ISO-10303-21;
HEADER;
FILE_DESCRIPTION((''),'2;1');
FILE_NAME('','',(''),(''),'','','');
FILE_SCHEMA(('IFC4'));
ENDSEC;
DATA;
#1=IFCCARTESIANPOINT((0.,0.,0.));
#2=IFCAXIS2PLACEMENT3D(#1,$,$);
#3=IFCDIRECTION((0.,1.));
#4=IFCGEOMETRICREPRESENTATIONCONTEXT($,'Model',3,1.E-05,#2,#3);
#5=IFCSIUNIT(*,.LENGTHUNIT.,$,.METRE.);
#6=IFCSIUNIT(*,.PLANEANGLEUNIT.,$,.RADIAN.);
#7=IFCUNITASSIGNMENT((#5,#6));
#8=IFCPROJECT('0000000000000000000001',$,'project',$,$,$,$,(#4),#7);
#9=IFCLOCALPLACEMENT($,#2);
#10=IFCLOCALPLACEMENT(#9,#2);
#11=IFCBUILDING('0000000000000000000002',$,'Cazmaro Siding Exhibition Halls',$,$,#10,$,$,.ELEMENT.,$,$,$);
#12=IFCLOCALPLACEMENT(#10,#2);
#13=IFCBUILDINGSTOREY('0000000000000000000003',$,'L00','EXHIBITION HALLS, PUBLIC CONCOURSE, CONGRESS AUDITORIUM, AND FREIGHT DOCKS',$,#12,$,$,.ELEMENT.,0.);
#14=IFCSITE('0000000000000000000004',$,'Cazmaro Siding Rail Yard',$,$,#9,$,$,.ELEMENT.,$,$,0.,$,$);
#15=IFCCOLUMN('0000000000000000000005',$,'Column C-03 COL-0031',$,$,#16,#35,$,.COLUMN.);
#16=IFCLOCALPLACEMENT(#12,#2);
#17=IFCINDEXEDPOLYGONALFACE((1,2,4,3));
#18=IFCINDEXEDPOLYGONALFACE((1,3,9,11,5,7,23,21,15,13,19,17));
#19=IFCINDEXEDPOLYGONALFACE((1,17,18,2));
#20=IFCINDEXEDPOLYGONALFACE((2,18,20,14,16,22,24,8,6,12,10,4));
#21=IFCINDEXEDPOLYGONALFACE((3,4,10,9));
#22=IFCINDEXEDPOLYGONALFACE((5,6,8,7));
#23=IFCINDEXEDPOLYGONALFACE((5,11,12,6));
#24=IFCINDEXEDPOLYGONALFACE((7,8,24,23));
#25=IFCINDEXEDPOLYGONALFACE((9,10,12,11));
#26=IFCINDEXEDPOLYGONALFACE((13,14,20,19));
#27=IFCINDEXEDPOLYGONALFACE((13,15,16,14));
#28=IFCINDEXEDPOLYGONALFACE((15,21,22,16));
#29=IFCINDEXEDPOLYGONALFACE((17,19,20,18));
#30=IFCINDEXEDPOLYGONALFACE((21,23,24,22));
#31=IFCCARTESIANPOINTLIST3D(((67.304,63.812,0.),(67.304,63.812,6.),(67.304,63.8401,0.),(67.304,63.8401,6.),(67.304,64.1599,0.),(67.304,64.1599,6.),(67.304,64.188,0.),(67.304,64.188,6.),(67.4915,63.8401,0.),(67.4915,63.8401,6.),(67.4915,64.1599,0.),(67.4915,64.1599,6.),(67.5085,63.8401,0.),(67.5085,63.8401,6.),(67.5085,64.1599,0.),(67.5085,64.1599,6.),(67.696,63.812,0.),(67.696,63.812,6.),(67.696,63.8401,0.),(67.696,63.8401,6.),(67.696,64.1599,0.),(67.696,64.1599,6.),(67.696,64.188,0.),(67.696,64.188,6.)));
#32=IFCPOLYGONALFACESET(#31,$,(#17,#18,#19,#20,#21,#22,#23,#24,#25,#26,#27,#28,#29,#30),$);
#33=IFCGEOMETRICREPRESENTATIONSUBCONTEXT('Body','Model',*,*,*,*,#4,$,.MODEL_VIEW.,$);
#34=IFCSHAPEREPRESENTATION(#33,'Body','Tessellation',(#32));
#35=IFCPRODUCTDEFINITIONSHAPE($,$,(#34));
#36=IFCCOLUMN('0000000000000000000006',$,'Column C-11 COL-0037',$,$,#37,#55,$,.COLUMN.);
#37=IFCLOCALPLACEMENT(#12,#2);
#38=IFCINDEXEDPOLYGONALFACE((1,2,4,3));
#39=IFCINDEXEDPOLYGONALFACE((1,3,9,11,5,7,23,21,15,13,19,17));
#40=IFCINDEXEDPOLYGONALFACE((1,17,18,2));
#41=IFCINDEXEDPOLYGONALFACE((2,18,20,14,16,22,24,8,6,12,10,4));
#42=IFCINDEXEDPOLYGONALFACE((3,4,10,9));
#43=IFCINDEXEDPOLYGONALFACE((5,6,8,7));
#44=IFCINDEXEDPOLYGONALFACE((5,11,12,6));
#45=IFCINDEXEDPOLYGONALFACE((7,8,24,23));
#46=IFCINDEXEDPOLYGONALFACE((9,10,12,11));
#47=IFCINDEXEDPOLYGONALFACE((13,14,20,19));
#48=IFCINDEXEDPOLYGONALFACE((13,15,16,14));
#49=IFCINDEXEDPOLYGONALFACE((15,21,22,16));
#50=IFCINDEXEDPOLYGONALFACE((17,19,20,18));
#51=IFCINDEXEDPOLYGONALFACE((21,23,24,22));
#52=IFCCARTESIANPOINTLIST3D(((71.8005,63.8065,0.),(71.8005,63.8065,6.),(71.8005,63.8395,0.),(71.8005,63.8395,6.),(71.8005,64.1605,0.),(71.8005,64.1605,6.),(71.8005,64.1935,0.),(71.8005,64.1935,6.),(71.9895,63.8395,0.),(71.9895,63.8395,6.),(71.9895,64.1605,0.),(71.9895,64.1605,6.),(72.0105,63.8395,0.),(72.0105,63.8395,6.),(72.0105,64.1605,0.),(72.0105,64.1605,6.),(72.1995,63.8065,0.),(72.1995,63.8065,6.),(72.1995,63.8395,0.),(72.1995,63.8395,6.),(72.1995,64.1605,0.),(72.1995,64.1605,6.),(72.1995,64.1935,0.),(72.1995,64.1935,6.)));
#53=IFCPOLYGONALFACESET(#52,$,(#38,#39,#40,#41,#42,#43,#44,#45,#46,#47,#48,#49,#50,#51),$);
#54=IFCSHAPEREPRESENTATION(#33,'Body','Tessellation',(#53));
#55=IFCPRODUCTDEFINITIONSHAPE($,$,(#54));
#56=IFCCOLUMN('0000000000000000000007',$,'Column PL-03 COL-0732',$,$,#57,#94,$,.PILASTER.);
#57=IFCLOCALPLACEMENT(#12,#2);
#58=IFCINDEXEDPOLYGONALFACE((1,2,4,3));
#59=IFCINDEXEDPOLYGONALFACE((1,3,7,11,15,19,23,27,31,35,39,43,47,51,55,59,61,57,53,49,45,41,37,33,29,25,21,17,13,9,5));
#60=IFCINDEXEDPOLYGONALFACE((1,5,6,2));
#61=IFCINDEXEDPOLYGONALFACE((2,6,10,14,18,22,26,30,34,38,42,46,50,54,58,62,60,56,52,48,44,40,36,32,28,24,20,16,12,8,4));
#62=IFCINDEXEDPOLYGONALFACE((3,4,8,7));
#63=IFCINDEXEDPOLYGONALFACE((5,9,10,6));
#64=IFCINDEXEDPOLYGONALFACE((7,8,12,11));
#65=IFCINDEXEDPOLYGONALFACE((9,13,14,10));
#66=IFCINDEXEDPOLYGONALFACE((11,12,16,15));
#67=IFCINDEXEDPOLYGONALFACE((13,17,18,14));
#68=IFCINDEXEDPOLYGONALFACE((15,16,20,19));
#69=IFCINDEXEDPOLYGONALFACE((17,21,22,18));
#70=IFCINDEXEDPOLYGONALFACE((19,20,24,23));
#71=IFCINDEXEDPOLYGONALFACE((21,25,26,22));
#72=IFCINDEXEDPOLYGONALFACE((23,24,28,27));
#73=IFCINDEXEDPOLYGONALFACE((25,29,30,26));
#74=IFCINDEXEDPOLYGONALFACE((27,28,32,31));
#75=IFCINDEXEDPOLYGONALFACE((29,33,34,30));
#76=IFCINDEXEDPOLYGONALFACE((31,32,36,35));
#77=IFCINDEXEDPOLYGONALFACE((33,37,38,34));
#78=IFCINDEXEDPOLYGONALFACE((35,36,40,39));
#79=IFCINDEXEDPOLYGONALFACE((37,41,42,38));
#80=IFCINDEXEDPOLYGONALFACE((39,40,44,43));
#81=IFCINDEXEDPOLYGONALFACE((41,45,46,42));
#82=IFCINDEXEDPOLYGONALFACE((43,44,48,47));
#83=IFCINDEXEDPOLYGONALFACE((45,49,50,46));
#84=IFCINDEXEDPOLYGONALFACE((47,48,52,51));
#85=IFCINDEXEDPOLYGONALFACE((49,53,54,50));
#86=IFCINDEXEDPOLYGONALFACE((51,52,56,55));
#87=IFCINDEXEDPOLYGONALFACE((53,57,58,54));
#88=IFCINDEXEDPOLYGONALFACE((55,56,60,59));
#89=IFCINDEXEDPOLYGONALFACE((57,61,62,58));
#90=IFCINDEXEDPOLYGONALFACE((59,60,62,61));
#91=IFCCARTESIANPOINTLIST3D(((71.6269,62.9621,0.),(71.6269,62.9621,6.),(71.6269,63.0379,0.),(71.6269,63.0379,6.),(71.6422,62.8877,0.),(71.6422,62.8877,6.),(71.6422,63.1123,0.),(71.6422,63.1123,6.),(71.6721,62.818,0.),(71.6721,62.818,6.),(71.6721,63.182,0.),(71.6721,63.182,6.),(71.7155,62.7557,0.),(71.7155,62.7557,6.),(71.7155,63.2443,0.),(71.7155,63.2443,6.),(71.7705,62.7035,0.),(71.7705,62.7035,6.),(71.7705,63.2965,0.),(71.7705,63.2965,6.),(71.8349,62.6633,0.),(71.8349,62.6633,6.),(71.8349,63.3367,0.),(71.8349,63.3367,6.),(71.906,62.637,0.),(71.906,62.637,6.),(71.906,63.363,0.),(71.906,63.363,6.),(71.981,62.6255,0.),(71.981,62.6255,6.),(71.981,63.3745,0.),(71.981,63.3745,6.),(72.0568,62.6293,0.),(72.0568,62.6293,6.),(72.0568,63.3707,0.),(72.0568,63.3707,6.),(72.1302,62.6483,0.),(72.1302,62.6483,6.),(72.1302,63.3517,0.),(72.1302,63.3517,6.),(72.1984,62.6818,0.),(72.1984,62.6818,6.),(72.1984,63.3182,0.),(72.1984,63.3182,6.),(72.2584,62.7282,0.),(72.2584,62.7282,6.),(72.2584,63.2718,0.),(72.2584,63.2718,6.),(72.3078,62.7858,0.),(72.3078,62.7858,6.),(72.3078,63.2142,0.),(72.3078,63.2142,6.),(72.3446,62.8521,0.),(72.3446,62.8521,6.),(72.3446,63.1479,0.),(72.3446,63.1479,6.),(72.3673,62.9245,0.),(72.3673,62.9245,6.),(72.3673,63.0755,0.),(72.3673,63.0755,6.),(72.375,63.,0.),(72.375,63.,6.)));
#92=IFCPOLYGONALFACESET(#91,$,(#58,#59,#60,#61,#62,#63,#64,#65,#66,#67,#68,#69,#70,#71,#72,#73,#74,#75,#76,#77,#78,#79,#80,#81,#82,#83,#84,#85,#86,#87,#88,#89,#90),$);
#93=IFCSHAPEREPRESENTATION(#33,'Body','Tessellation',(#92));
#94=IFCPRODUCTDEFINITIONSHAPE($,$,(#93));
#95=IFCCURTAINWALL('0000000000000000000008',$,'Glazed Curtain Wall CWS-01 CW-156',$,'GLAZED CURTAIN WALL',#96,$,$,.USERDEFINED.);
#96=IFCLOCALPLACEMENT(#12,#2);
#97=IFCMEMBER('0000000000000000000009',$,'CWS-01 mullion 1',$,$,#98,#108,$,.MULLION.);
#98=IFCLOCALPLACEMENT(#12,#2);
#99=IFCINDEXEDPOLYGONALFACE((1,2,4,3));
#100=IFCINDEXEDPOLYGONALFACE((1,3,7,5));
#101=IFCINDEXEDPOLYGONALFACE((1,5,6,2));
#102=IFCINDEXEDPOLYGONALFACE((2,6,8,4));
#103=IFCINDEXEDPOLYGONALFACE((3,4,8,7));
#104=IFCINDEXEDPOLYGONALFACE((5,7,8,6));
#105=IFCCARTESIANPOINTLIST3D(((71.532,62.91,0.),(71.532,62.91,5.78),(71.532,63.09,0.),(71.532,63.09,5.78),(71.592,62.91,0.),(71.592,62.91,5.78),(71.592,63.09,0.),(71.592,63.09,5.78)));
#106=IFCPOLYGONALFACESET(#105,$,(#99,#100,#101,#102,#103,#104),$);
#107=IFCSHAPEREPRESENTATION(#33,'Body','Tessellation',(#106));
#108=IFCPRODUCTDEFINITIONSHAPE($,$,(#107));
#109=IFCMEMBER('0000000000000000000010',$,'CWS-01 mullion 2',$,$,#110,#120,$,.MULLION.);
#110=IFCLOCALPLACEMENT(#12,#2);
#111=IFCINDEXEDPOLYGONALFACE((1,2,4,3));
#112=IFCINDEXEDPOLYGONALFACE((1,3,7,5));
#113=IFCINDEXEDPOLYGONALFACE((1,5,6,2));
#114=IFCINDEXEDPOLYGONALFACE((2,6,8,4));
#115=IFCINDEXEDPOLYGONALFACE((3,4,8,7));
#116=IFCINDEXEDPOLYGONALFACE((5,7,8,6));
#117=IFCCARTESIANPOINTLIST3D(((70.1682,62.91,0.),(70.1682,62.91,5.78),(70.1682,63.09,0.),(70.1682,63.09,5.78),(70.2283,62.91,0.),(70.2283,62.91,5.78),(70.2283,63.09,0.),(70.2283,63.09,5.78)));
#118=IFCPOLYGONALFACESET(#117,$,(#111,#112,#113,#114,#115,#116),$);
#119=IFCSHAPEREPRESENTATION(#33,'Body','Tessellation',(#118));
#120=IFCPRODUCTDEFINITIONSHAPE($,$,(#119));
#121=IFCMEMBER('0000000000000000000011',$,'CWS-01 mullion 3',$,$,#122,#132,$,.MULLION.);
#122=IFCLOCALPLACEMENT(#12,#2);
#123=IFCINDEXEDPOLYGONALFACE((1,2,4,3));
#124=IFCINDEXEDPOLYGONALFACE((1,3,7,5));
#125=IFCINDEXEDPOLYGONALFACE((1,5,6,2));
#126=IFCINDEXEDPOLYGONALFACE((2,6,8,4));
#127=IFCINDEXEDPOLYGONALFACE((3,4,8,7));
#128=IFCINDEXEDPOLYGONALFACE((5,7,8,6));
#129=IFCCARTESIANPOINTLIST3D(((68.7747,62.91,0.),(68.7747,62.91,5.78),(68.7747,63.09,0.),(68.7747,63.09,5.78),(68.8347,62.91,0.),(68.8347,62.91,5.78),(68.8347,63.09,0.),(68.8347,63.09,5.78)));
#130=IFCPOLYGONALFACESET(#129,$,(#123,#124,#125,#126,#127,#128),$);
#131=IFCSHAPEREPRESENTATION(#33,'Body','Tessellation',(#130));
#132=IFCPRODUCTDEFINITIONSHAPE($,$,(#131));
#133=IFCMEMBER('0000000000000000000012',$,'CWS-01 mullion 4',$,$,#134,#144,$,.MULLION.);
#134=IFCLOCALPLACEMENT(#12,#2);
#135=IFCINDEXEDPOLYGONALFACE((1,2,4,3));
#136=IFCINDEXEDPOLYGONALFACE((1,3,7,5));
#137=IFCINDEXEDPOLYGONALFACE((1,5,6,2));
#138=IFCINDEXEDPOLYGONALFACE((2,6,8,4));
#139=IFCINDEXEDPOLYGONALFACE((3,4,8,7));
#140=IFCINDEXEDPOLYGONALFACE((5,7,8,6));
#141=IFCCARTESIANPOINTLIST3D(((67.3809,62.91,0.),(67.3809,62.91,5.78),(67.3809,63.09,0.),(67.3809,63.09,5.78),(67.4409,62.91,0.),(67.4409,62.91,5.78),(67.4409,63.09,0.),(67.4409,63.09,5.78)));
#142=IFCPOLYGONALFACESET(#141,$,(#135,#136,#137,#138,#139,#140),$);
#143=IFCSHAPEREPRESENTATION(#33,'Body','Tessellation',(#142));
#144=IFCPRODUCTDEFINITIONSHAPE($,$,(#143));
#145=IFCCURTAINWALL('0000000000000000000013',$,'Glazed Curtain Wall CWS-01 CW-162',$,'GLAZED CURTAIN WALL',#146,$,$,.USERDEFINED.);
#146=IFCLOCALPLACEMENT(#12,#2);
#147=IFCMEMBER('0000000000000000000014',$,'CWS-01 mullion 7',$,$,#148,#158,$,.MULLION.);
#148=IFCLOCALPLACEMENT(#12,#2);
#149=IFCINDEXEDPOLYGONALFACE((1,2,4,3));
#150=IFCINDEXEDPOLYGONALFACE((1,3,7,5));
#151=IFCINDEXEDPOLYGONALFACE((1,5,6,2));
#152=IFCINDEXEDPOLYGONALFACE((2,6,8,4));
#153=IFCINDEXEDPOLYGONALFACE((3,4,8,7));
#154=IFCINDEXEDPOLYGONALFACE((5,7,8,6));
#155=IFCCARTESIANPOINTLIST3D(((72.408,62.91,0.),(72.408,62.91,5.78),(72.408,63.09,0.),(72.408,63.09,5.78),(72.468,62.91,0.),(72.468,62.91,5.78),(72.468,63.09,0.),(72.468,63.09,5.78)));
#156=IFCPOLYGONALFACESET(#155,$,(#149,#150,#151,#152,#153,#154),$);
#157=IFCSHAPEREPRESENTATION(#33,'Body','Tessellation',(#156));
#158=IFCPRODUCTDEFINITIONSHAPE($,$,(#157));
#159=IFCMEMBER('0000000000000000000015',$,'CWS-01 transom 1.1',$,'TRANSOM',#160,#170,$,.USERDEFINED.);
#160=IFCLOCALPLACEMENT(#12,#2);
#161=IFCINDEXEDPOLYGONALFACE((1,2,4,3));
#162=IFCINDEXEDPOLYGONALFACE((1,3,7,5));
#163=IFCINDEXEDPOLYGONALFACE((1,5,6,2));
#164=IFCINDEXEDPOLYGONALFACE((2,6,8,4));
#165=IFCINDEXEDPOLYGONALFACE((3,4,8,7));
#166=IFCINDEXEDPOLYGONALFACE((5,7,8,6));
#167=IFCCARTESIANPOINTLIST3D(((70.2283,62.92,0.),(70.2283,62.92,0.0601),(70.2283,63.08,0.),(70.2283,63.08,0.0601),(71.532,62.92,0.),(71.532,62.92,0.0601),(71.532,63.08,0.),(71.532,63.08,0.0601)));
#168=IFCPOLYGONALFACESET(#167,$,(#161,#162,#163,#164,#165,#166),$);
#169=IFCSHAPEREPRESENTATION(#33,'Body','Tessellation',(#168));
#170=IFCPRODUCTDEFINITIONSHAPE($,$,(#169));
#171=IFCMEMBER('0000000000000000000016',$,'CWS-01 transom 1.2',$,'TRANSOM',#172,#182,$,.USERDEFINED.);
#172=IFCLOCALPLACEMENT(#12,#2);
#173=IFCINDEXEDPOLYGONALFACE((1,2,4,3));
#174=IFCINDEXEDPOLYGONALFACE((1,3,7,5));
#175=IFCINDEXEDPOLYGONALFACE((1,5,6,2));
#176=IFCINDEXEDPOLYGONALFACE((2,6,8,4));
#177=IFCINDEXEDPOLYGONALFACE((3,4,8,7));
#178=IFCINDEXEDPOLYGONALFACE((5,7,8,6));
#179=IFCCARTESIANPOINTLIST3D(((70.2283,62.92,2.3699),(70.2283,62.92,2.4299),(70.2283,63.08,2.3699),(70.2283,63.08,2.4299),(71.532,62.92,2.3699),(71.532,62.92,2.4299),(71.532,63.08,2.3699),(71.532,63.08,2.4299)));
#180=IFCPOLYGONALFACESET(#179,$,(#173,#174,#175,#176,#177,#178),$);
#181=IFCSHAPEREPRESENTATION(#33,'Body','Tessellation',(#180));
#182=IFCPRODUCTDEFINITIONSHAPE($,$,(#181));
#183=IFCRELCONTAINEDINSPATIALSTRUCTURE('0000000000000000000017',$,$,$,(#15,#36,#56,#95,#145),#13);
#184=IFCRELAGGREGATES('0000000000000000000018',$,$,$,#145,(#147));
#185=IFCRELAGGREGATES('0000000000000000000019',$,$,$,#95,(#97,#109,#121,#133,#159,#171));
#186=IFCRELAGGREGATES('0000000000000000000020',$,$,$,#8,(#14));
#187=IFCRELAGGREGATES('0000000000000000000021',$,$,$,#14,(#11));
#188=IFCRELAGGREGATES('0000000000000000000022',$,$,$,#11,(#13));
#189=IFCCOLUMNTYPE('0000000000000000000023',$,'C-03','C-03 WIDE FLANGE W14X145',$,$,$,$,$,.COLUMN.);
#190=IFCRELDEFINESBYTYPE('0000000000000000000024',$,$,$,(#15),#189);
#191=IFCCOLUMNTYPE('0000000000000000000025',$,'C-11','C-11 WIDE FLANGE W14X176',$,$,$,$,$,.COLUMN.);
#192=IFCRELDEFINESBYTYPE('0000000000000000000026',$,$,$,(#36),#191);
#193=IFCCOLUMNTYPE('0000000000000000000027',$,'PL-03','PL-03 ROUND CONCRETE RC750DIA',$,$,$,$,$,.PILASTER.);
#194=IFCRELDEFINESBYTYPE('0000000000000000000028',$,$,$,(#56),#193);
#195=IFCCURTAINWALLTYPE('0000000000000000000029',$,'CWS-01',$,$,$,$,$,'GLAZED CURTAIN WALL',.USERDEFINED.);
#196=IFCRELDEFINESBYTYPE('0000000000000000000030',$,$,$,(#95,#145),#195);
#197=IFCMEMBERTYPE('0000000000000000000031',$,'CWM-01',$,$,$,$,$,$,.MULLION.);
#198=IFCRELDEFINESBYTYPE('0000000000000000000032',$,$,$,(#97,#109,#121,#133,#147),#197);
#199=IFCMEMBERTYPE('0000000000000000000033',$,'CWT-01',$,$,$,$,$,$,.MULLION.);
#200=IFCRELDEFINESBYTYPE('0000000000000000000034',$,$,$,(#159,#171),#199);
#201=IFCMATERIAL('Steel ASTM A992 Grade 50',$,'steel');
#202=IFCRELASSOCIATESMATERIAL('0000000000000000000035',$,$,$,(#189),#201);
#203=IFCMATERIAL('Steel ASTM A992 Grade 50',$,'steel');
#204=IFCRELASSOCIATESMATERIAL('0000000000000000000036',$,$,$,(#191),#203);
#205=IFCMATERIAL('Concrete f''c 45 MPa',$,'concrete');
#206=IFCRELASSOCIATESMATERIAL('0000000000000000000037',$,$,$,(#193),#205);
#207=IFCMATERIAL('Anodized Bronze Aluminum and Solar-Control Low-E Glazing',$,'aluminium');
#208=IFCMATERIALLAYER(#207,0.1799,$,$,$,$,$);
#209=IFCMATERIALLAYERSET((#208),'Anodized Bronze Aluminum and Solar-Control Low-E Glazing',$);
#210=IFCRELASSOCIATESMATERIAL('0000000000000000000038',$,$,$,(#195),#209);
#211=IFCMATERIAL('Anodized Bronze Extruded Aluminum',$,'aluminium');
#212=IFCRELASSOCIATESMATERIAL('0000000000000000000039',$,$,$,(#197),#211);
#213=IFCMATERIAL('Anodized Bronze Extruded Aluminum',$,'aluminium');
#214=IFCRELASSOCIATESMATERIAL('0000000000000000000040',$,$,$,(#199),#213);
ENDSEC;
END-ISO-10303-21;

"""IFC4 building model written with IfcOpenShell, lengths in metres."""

from ifc_helpers import new_model, si_unit, direction, frame, origin, origin_2d, place, context, subcontext, project, spatial, rectangle, circle, i_section, extrude, material, layer, layer_set, material_profile, profile_set, type_object, element, aggregate, save


model = new_model("IFC4")

# Units and contexts
model_context = context("Model", 3, precision=1e-05, world=origin(), true_north=direction((0.0, 1.0)))
body_context = subcontext(model_context, "Body", "Model", "MODEL_VIEW")
ifc_project = project(units=[si_unit("LENGTHUNIT", "METRE"), si_unit("PLANEANGLEUNIT", "RADIAN")], contexts=[model_context])

# Site, building, storey
site_placement = place(None, origin())
site = spatial("IfcSite", under=ifc_project, at=site_placement, Name="Cazmaro Siding Rail Yard", CompositionType="ELEMENT", RefElevation=0.0)
building_placement = place(site_placement, origin())
building = spatial("IfcBuilding", under=site, at=building_placement, Name="Cazmaro Siding Exhibition Halls", CompositionType="ELEMENT")
storey_placement = place(building_placement, origin())
storey = spatial("IfcBuildingStorey", under=building, at=storey_placement, Name="L00", Description="EXHIBITION HALLS, PUBLIC CONCOURSE, CONGRESS AUDITORIUM, AND FREIGHT DOCKS", CompositionType="ELEMENT", Elevation=0.0)

# Columns
ifc_material_1 = material(Name="Steel ASTM A992 Grade 50", Category="steel")
ifc_material_profile_1 = material_profile(ifc_material_1, i_section(OverallWidth=0.3921, OverallDepth=0.376, WebThickness=0.0171, FlangeThickness=0.0281, at=origin_2d()), Name="W14X145")
ifc_profile_set_1 = profile_set([ifc_material_profile_1], Name="Steel ASTM A992 Grade 50")
column_type_1 = type_object("IfcColumnType", Name="C-03", Description="C-03 WIDE FLANGE W14X145", PredefinedType="COLUMN", material=ifc_profile_set_1)
column_1_placement = place(storey_placement, frame((67.5, 64.0, 0.0), z_axis=(0.0, 0.0, 1.0), x_axis=(1.0, 0.0, 0.0)))
element("IfcColumn", 1, at=column_1_placement, inside=storey, type_object=column_type_1, Name="Column C-03 COL-0031", PredefinedType="COLUMN", context=body_context, shape_type="SweptSolid", body=[
    extrude(i_section(OverallWidth=0.3921, OverallDepth=0.376, WebThickness=0.0171, FlangeThickness=0.0281, at=origin_2d()), origin(), (0.0, 0.0, 1.0), 6.0),
])
ifc_material_2 = material(Name="Steel ASTM A992 Grade 50", Category="steel")
ifc_material_profile_2 = material_profile(ifc_material_2, i_section(OverallWidth=0.3989, OverallDepth=0.387, WebThickness=0.021, FlangeThickness=0.033, at=origin_2d()), Name="W14X176")
ifc_profile_set_2 = profile_set([ifc_material_profile_2], Name="Steel ASTM A992 Grade 50")
column_type_2 = type_object("IfcColumnType", Name="C-11", Description="C-11 WIDE FLANGE W14X176", PredefinedType="COLUMN", material=ifc_profile_set_2)
column_2_placement = place(storey_placement, frame((72.0, 64.0, 0.0), z_axis=(0.0, 0.0, 1.0), x_axis=(1.0, 0.0, 0.0)))
element("IfcColumn", 2, at=column_2_placement, inside=storey, type_object=column_type_2, Name="Column C-11 COL-0037", PredefinedType="COLUMN", context=body_context, shape_type="SweptSolid", body=[
    extrude(i_section(OverallWidth=0.3989, OverallDepth=0.387, WebThickness=0.021, FlangeThickness=0.033, at=origin_2d()), origin(), (0.0, 0.0, 1.0), 6.0),
])
ifc_material_3 = material(Name="Concrete f'c 45 MPa", Category="concrete")
ifc_material_profile_3 = material_profile(ifc_material_3, circle(Radius=0.375, at=origin_2d()), Name="RC750DIA")
ifc_profile_set_3 = profile_set([ifc_material_profile_3], Name="Concrete f'c 45 MPa")
column_type_3 = type_object("IfcColumnType", Name="PL-03", Description="PL-03 ROUND CONCRETE RC750DIA", PredefinedType="PILASTER", material=ifc_profile_set_3)
column_3_placement = place(storey_placement, frame((72.0, 63.0, 0.0), z_axis=(0.0, 0.0, 1.0), x_axis=(1.0, 0.0, 0.0)))
element("IfcColumn", 3, at=column_3_placement, inside=storey, type_object=column_type_3, Name="Column PL-03 COL-0732", PredefinedType="PILASTER", context=body_context, shape_type="SweptSolid", body=[
    extrude(circle(Radius=0.375, at=origin_2d()), origin(), (0.0, 0.0, 1.0), 6.0),
])

# Curtain wall, members
ifc_material_4 = material(Name="Anodized Bronze Aluminum and Solar-Control Low-E Glazing", Category="aluminium")
ifc_layer_1 = layer(ifc_material_4, 0.1799)
ifc_layer_set_1 = layer_set([ifc_layer_1], Name="Anodized Bronze Aluminum and Solar-Control Low-E Glazing")
curtain_wall_type = type_object("IfcCurtainWallType", Name="CWS-01", ElementType="GLAZED CURTAIN WALL", PredefinedType="USERDEFINED", material=ifc_layer_set_1)
curtain_wall_1_placement = place(storey_placement, origin())
curtain_wall_1 = element("IfcCurtainWall", 4, at=curtain_wall_1_placement, inside=storey, type_object=curtain_wall_type, Name="Glazed Curtain Wall CWS-01 CW-156", ObjectType="GLAZED CURTAIN WALL", PredefinedType="USERDEFINED")
ifc_material_5 = material(Name="Anodized Bronze Extruded Aluminum", Category="aluminium")
ifc_material_profile_4 = material_profile(ifc_material_5, rectangle(XDim=0.1799, YDim=0.0601, at=origin_2d()), Name="CWM-01")
ifc_profile_set_4 = profile_set([ifc_material_profile_4], Name="Anodized Bronze Extruded Aluminum")
member_type_1 = type_object("IfcMemberType", Name="CWM-01", PredefinedType="MULLION", material=ifc_profile_set_4)
member_1_placement = place(storey_placement, frame((71.562, 63.0, 0.0), z_axis=(0.0, 0.0, 1.0), x_axis=(0.0, -1.0, 0.0)))
member_1 = element("IfcMember", 5, at=member_1_placement, type_object=member_type_1, Name="CWS-01 mullion 1", PredefinedType="MULLION", context=body_context, shape_type="SweptSolid", body=[
    extrude(rectangle(XDim=0.1799, YDim=0.0601, at=origin_2d()), origin(), (0.0, 0.0, 1.0), 5.78),
])
member_2_placement = place(storey_placement, frame((70.1982, 63.0, 0.0), z_axis=(0.0, 0.0, 1.0), x_axis=(0.0, -1.0, 0.0)))
member_2 = element("IfcMember", 6, at=member_2_placement, type_object=member_type_1, Name="CWS-01 mullion 2", PredefinedType="MULLION", context=body_context, shape_type="SweptSolid", body=[
    extrude(rectangle(XDim=0.1799, YDim=0.0601, at=origin_2d()), origin(), (0.0, 0.0, 1.0), 5.78),
])
member_3_placement = place(storey_placement, frame((68.8047, 63.0, 0.0), z_axis=(0.0, 0.0, 1.0), x_axis=(0.0, -1.0, 0.0)))
member_3 = element("IfcMember", 7, at=member_3_placement, type_object=member_type_1, Name="CWS-01 mullion 3", PredefinedType="MULLION", context=body_context, shape_type="SweptSolid", body=[
    extrude(rectangle(XDim=0.1799, YDim=0.0601, at=origin_2d()), origin(), (0.0, 0.0, 1.0), 5.78),
])
member_4_placement = place(storey_placement, frame((67.4109, 63.0, 0.0), z_axis=(0.0, 0.0, 1.0), x_axis=(0.0, -1.0, 0.0)))
member_4 = element("IfcMember", 8, at=member_4_placement, type_object=member_type_1, Name="CWS-01 mullion 4", PredefinedType="MULLION", context=body_context, shape_type="SweptSolid", body=[
    extrude(rectangle(XDim=0.1799, YDim=0.0601, at=origin_2d()), origin(), (0.0, 0.0, 1.0), 5.78),
])

# Curtain wall, member
curtain_wall_2_placement = place(storey_placement, origin())
curtain_wall_2 = element("IfcCurtainWall", 9, at=curtain_wall_2_placement, inside=storey, type_object=curtain_wall_type, Name="Glazed Curtain Wall CWS-01 CW-162", ObjectType="GLAZED CURTAIN WALL", PredefinedType="USERDEFINED")
member_5_placement = place(storey_placement, frame((72.438, 63.0, 0.0), z_axis=(0.0, 0.0, 1.0), x_axis=(0.0, -1.0, 0.0)))
member_5 = element("IfcMember", 10, at=member_5_placement, type_object=member_type_1, Name="CWS-01 mullion 7", PredefinedType="MULLION", context=body_context, shape_type="SweptSolid", body=[
    extrude(rectangle(XDim=0.1799, YDim=0.0601, at=origin_2d()), origin(), (0.0, 0.0, 1.0), 5.78),
])
aggregate(curtain_wall_2, [member_5])

# Members
ifc_material_6 = material(Name="Anodized Bronze Extruded Aluminum", Category="aluminium")
ifc_material_profile_5 = material_profile(ifc_material_6, rectangle(XDim=0.1599, YDim=0.0601, at=origin_2d()), Name="CWT-01")
ifc_profile_set_5 = profile_set([ifc_material_profile_5], Name="Anodized Bronze Extruded Aluminum")
member_type_2 = type_object("IfcMemberType", Name="CWT-01", PredefinedType="MULLION", material=ifc_profile_set_5)
member_6_placement = place(storey_placement, frame((71.532, 63.0, 0.03), z_axis=(-1.0, 0.0, 0.0), x_axis=(0.0, -1.0, 0.0)))
member_6 = element("IfcMember", 11, at=member_6_placement, type_object=member_type_2, Name="CWS-01 transom 1.1", ObjectType="TRANSOM", PredefinedType="USERDEFINED", context=body_context, shape_type="SweptSolid", body=[
    extrude(rectangle(XDim=0.1599, YDim=0.0601, at=origin_2d()), origin(), (0.0, 0.0, 1.0), 1.3037),
])
member_7_placement = place(storey_placement, frame((71.532, 63.0, 2.3999), z_axis=(-1.0, 0.0, 0.0), x_axis=(0.0, -1.0, 0.0)))
member_7 = element("IfcMember", 12, at=member_7_placement, type_object=member_type_2, Name="CWS-01 transom 1.2", ObjectType="TRANSOM", PredefinedType="USERDEFINED", context=body_context, shape_type="SweptSolid", body=[
    extrude(rectangle(XDim=0.1599, YDim=0.0601, at=origin_2d()), origin(), (0.0, 0.0, 1.0), 1.3037),
])

aggregate(curtain_wall_1, [member_1, member_2, member_3, member_4, member_6, member_7])

save(model, "model.ifc")
